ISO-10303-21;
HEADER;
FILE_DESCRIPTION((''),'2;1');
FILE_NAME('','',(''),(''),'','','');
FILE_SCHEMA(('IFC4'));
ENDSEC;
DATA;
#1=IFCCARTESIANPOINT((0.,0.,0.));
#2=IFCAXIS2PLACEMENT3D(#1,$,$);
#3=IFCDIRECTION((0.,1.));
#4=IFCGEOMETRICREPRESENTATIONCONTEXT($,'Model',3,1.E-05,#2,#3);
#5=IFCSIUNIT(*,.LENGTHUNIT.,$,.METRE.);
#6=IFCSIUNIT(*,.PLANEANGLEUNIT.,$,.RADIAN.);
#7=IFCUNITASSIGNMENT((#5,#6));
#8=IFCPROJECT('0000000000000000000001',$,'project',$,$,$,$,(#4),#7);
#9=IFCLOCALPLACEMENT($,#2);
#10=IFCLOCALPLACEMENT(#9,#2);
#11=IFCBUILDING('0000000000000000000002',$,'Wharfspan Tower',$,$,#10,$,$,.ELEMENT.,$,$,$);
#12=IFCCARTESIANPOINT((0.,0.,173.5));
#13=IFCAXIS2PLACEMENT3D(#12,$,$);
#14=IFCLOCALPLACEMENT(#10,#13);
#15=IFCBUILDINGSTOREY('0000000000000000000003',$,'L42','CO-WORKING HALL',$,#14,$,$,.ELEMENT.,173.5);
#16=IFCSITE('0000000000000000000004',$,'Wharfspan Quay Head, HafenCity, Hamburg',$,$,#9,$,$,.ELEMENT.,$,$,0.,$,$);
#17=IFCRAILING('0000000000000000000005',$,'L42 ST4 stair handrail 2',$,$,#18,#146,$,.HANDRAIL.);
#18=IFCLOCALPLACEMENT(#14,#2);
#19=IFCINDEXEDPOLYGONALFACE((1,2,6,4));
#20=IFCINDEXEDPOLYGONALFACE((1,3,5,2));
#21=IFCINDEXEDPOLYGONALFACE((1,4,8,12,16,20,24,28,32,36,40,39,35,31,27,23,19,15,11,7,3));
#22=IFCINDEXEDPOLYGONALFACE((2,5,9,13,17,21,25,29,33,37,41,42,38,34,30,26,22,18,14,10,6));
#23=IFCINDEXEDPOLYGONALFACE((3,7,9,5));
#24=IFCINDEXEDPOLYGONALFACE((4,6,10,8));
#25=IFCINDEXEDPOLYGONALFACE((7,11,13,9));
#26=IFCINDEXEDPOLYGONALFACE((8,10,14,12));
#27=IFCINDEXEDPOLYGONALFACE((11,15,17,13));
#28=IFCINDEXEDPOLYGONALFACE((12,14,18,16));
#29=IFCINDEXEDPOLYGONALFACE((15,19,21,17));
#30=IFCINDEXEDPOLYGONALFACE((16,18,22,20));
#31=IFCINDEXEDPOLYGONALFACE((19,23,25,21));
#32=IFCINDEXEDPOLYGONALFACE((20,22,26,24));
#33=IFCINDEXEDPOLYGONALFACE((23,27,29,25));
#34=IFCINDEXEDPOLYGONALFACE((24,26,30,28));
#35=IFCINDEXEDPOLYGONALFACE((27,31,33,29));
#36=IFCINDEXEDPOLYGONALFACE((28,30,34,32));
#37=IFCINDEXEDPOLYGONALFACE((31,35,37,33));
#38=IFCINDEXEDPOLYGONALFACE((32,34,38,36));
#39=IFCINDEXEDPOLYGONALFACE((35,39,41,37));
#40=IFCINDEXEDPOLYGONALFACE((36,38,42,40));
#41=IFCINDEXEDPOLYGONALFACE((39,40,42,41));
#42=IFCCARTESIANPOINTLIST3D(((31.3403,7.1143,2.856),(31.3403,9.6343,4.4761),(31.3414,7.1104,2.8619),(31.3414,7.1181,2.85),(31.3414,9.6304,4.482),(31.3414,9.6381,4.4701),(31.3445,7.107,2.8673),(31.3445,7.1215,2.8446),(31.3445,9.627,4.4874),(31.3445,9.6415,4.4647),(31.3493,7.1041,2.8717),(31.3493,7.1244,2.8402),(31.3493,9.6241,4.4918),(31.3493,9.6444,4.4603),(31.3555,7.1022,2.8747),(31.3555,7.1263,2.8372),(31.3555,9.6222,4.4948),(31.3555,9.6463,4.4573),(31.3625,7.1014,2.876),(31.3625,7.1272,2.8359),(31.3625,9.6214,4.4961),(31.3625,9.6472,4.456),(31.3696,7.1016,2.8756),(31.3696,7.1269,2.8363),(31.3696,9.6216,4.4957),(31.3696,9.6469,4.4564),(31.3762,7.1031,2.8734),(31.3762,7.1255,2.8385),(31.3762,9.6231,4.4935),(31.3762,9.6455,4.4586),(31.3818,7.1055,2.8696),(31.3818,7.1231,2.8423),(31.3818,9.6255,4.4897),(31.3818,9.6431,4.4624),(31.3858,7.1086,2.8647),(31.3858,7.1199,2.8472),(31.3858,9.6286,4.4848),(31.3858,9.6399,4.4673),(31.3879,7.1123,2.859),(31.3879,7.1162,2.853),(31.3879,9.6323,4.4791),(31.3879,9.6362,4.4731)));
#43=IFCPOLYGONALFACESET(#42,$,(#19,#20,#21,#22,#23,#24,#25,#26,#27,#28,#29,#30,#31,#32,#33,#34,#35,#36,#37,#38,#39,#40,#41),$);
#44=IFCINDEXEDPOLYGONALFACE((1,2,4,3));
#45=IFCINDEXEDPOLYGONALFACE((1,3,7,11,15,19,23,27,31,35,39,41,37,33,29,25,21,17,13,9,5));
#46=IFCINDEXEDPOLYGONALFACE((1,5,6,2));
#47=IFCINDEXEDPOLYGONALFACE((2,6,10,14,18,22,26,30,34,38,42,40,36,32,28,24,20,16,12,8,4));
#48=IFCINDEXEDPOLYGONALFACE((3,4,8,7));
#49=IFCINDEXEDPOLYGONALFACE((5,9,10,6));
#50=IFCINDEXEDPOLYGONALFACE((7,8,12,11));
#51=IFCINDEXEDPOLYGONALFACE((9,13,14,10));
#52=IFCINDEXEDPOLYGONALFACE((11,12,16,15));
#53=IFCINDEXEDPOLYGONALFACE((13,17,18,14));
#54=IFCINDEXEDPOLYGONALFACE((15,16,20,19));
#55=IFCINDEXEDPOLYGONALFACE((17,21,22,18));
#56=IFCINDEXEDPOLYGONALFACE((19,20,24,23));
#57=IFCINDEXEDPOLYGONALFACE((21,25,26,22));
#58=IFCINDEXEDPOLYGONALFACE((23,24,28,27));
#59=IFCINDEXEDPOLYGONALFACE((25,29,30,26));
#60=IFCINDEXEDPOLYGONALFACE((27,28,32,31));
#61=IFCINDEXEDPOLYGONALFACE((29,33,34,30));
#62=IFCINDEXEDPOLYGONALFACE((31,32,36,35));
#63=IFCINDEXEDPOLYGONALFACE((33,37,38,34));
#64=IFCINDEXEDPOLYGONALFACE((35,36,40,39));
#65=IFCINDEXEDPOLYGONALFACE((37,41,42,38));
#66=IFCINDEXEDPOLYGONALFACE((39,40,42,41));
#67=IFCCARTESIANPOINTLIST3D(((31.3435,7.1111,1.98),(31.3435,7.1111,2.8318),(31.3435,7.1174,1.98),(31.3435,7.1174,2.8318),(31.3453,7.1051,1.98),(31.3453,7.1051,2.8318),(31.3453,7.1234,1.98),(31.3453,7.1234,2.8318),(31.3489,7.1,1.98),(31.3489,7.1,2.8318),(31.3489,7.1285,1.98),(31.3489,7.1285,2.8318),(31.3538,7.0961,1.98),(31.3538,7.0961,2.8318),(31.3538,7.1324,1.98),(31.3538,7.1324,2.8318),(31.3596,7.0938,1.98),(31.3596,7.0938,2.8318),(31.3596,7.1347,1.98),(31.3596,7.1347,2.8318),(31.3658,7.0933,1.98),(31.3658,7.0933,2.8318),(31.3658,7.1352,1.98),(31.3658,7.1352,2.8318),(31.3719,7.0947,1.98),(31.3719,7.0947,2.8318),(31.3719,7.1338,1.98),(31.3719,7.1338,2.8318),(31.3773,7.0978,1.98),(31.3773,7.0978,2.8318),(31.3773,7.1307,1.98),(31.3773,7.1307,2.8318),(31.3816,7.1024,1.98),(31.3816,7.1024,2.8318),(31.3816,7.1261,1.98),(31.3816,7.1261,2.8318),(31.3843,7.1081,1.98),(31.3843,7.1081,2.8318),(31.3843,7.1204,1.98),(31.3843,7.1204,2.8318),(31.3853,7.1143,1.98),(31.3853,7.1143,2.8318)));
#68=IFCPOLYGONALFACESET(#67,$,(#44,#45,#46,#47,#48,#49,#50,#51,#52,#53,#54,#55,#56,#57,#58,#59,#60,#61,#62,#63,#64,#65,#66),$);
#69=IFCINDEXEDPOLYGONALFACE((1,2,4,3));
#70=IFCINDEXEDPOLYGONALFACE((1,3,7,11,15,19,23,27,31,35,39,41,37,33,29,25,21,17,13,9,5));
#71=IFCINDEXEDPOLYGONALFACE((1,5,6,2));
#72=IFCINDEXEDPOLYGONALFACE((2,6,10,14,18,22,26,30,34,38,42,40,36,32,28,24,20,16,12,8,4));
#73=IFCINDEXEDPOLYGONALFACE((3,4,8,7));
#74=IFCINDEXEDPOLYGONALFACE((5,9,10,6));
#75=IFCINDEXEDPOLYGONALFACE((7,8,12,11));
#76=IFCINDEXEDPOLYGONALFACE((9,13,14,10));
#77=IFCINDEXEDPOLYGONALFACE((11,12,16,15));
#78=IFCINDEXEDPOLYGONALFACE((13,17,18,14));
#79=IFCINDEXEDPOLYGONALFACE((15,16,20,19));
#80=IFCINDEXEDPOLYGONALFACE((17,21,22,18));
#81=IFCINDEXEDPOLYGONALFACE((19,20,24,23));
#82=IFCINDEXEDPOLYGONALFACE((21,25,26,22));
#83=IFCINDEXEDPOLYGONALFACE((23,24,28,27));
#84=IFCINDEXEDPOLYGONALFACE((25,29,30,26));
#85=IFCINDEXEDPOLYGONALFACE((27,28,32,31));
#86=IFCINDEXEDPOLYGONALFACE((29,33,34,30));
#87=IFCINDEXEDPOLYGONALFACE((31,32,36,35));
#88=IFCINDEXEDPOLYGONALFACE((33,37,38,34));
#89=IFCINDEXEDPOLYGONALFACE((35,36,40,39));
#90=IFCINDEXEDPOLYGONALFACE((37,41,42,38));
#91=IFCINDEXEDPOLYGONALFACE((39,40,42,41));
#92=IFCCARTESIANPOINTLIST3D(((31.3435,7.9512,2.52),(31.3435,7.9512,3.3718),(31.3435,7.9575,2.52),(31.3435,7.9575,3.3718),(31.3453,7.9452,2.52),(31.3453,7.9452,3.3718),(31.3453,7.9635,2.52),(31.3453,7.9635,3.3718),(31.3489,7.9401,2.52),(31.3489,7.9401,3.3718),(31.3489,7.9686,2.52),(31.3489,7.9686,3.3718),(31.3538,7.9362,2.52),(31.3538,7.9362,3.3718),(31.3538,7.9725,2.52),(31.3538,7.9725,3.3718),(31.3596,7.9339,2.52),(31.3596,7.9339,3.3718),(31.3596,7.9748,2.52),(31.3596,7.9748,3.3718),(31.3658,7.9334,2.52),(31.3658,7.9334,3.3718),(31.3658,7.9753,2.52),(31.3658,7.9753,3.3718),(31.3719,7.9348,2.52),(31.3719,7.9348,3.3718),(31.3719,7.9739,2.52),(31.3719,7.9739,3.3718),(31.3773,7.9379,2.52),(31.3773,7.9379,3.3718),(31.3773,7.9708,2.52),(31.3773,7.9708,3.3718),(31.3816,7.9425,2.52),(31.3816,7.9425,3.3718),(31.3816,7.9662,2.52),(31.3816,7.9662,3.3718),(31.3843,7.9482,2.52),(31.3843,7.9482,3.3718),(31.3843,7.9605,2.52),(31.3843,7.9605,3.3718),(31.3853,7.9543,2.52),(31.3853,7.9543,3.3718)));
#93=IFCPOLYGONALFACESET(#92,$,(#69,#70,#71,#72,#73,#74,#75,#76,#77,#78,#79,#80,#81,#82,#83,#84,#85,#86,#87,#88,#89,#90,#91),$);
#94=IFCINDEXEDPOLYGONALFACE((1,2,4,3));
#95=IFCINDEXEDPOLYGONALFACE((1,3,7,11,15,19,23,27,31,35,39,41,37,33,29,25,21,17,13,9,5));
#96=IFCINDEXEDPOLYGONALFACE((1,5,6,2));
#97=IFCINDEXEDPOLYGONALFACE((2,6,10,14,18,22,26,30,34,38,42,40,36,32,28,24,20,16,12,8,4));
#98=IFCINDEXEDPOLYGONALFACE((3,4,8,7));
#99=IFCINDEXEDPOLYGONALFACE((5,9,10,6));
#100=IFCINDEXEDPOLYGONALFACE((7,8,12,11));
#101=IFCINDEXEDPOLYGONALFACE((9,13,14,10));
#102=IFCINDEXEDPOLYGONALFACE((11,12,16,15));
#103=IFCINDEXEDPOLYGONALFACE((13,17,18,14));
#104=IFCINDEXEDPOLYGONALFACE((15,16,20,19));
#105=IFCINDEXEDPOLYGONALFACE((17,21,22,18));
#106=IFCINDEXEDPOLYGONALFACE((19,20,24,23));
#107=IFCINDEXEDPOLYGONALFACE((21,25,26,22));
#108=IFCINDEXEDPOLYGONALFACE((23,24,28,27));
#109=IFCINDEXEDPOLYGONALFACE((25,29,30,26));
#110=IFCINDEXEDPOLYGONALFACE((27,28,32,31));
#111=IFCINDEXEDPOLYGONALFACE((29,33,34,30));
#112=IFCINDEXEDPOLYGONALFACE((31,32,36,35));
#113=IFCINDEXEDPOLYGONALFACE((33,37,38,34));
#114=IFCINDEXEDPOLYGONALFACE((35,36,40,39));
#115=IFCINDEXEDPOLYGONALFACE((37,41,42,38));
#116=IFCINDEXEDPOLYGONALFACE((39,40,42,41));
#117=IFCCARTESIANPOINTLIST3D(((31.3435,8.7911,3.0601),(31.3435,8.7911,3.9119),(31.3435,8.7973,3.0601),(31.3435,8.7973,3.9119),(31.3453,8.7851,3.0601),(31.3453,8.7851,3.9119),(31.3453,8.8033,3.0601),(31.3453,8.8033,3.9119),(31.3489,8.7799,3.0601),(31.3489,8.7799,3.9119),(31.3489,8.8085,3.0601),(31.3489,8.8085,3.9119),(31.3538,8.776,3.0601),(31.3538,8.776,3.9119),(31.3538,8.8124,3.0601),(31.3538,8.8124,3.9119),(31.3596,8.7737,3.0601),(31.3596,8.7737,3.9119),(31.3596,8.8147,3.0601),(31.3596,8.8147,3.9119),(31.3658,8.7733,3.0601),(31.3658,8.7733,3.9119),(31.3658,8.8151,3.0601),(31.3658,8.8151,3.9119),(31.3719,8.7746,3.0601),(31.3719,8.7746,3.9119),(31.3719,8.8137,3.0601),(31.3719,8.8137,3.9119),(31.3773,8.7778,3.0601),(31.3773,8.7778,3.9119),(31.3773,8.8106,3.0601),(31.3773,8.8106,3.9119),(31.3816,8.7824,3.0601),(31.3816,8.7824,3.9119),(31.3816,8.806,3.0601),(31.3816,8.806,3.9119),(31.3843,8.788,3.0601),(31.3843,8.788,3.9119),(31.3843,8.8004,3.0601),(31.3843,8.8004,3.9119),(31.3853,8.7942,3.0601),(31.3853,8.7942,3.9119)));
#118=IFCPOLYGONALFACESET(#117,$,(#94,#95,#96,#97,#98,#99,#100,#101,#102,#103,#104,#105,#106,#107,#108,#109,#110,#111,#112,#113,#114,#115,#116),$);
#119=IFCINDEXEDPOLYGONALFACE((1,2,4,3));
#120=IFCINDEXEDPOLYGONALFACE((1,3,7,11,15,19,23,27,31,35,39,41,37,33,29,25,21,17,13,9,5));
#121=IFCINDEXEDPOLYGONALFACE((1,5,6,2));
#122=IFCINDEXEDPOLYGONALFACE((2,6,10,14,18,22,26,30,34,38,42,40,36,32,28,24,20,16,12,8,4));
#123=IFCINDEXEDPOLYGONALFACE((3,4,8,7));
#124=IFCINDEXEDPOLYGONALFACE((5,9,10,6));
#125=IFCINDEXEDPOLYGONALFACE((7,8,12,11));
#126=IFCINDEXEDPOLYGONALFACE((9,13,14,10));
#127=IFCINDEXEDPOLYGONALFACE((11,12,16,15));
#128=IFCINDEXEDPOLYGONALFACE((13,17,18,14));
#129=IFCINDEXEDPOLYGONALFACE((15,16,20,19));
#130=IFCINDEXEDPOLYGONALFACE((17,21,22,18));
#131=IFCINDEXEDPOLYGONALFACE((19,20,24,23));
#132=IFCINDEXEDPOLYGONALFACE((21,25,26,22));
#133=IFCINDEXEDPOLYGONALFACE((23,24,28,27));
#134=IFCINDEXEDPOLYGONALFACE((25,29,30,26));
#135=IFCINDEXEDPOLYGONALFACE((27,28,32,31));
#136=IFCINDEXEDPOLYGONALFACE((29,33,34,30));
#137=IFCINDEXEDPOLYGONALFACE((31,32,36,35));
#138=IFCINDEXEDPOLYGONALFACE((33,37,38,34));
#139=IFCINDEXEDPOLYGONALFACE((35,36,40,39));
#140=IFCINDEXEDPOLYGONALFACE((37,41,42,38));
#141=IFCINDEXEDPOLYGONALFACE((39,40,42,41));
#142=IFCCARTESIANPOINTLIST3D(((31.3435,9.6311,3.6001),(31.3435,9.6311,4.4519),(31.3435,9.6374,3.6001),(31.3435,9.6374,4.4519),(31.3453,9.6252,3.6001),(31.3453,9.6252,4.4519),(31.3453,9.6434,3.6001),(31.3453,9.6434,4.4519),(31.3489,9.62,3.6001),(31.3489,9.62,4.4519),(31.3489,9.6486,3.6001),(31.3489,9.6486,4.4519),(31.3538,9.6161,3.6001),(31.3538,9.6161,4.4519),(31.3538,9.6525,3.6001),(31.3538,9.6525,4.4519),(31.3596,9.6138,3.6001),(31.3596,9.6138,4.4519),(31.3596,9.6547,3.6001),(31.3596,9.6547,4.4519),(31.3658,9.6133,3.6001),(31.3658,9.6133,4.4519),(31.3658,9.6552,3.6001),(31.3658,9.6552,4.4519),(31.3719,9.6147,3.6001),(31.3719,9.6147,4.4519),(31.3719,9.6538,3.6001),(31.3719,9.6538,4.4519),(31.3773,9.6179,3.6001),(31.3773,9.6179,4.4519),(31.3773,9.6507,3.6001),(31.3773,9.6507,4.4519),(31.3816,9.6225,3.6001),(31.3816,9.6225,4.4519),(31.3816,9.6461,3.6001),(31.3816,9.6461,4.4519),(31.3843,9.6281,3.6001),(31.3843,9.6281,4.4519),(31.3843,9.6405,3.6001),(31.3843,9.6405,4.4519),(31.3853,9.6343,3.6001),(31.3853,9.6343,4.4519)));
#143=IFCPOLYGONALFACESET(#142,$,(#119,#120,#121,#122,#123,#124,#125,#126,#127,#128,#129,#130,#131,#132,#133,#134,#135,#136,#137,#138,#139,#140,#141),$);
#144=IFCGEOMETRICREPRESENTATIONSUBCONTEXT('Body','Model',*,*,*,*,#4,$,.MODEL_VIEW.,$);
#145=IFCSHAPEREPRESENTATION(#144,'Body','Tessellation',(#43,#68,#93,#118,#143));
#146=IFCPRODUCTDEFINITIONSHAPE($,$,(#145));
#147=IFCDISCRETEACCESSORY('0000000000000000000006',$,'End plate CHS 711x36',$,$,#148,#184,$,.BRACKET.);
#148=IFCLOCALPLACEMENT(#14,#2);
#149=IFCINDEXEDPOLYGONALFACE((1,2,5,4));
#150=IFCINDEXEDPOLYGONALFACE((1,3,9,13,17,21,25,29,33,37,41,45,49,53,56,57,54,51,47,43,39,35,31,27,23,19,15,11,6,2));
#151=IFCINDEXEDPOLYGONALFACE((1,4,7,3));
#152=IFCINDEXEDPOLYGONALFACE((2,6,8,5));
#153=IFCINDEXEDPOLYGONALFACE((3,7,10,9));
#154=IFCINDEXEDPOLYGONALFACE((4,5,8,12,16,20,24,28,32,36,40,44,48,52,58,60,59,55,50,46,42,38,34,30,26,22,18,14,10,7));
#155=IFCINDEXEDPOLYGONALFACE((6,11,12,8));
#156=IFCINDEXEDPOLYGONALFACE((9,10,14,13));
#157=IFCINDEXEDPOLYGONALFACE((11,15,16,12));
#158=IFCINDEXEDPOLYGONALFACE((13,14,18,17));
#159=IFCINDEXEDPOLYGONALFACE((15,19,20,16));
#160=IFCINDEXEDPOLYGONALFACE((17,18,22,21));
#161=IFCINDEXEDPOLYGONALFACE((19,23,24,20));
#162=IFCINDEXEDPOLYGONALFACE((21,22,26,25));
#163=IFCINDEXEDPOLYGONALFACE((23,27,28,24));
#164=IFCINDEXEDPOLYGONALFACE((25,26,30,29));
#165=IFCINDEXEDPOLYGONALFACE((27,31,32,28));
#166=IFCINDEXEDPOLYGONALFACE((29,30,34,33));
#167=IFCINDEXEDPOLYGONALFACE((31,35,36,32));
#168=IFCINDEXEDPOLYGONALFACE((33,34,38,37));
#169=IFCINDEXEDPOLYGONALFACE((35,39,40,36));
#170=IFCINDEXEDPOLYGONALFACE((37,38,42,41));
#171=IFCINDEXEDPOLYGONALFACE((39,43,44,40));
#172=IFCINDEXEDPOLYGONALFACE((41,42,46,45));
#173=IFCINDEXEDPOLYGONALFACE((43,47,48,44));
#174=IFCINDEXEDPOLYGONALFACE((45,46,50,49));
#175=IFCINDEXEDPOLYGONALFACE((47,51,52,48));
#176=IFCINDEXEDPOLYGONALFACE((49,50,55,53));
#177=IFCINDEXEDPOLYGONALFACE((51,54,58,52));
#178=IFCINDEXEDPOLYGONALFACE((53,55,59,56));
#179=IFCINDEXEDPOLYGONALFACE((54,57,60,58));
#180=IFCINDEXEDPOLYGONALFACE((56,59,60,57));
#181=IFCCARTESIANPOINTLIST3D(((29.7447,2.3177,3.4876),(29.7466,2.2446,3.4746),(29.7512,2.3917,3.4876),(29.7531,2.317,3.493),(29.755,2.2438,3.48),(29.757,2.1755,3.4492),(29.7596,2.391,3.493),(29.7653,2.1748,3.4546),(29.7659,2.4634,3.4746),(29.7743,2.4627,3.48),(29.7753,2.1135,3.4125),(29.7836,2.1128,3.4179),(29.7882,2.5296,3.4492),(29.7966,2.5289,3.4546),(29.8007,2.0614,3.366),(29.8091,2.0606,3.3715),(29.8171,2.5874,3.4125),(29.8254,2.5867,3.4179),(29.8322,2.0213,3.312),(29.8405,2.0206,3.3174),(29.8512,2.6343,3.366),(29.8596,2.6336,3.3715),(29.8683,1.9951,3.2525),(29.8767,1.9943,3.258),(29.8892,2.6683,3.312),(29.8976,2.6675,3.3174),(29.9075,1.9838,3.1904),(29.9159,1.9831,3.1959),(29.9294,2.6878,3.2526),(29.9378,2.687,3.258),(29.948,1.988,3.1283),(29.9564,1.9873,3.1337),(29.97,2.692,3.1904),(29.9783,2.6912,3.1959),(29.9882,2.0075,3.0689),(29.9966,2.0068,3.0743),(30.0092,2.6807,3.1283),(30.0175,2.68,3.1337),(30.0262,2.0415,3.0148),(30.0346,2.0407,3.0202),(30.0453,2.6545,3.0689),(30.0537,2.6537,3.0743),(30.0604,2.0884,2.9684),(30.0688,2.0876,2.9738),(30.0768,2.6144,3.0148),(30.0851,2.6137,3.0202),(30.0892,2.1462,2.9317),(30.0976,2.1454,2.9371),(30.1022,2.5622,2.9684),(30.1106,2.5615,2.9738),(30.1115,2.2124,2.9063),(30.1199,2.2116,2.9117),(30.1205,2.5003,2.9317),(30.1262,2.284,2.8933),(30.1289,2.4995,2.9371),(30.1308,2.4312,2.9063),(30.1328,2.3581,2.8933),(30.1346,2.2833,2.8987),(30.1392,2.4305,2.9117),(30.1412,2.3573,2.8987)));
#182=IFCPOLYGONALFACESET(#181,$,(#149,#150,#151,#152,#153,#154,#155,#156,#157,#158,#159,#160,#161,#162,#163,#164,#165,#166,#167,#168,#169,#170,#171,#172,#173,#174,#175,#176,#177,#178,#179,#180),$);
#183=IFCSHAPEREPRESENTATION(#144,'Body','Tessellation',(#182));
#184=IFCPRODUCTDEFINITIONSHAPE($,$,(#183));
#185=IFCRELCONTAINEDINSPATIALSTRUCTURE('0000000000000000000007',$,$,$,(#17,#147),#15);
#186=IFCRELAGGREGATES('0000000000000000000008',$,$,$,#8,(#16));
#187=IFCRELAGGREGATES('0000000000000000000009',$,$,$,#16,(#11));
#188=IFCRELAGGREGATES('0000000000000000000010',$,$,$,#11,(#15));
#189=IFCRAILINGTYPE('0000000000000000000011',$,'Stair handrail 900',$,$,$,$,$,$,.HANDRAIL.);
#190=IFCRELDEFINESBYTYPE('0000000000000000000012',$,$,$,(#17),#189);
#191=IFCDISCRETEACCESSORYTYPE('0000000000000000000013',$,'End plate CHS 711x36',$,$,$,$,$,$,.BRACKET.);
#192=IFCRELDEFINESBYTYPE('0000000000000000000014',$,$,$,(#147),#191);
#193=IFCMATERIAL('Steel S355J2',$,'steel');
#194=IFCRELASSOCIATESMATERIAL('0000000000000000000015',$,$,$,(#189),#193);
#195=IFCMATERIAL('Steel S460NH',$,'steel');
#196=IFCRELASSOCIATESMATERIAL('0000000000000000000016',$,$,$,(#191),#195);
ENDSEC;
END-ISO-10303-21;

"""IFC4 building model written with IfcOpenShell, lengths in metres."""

from ifc_helpers import new_model, si_unit, direction, frame, origin, origin_2d, place, context, subcontext, project, spatial, circle, extrude, material, material_profile, profile_set, type_object, element, save


model = new_model("IFC4")

# Units and contexts
model_context = context("Model", 3, precision=1e-05, world=origin(), true_north=direction((0.0, 1.0)))
body_context = subcontext(model_context, "Body", "Model", "MODEL_VIEW")
ifc_project = project(units=[si_unit("LENGTHUNIT", "METRE"), si_unit("PLANEANGLEUNIT", "RADIAN")], contexts=[model_context])

# Site, building, storey
site_placement = place(None, origin())
site = spatial("IfcSite", under=ifc_project, at=site_placement, Name="Wharfspan Quay Head, HafenCity, Hamburg", CompositionType="ELEMENT", RefElevation=0.0)
building_placement = place(site_placement, origin())
building = spatial("IfcBuilding", under=site, at=building_placement, Name="Wharfspan Tower", CompositionType="ELEMENT")
storey_placement = place(building_placement, frame((0.0, 0.0, 173.5)))
storey = spatial("IfcBuildingStorey", under=building, at=storey_placement, Name="L42", Description="CO-WORKING HALL", CompositionType="ELEMENT", Elevation=173.5)

# Shared definitions
ifc_material_1 = material(Name="Steel S355J2", Category="steel")

# Shared definitions
ifc_material_2 = material(Name="Steel S460NH", Category="steel")

# Railing
railing_type_1 = type_object("IfcRailingType", Name="Stair handrail 900", PredefinedType="HANDRAIL", material=ifc_material_1)
railing_1_placement = place(storey_placement, frame((31.3643, 7.1143, 1.98)))
element("IfcRailing", 1, at=railing_1_placement, inside=storey, type_object=railing_type_1, Name="L42 ST4 stair handrail 2", PredefinedType="HANDRAIL", context=body_context, shape_type="SweptSolid", body=[
    extrude(circle(Radius=0.0239, at=origin_2d()), frame((0.0, 0.0, 0.876), z_axis=(0.0, 0.841163, 0.540782), x_axis=(-1.0, 0.0, 0.0)), (0.0, 0.0, 1.0), 2.9958),
    extrude(circle(Radius=0.021, at=origin_2d()), origin(), (0.0, 0.0, 1.0), 0.8518),
    extrude(circle(Radius=0.021, at=origin_2d()), frame((0.0, 0.8401, 0.54)), (0.0, 0.0, 1.0), 0.8518),
    extrude(circle(Radius=0.021, at=origin_2d()), frame((0.0, 1.6799, 1.0801)), (0.0, 0.0, 1.0), 0.8518),
    extrude(circle(Radius=0.021, at=origin_2d()), frame((0.0, 2.52, 1.6201)), (0.0, 0.0, 1.0), 0.8518),
])

# Discrete accessory
ifc_material_profile_1 = material_profile(ifc_material_2, circle(Radius=0.3555, at=origin_2d()))
ifc_profile_set_1 = profile_set([ifc_material_profile_1], Name="Steel S460NH")
discrete_accessory_type = type_object("IfcDiscreteAccessoryType", Name="End plate CHS 711x36", PredefinedType="BRACKET", material=ifc_profile_set_1)
for number, where, z_axis, x_axis, name in (
    (2, (29.9387, 2.3379, 3.1904), (0.837276, -0.073877, 0.541767), (0.087893, 0.996132, 0.000001), "End plate CHS 711x36"),
):
    element("IfcDiscreteAccessory", number, at=place(storey_placement, frame(where, z_axis=z_axis, x_axis=x_axis)), inside=storey, type_object=discrete_accessory_type, Name=name, PredefinedType="BRACKET", context=body_context, shape_type="SweptSolid", body=[
        extrude(circle(Radius=0.3555, at=origin_2d()), origin(), (0.0, 0.0, 1.0), 0.01),
    ])

save(model, "model.ifc")
